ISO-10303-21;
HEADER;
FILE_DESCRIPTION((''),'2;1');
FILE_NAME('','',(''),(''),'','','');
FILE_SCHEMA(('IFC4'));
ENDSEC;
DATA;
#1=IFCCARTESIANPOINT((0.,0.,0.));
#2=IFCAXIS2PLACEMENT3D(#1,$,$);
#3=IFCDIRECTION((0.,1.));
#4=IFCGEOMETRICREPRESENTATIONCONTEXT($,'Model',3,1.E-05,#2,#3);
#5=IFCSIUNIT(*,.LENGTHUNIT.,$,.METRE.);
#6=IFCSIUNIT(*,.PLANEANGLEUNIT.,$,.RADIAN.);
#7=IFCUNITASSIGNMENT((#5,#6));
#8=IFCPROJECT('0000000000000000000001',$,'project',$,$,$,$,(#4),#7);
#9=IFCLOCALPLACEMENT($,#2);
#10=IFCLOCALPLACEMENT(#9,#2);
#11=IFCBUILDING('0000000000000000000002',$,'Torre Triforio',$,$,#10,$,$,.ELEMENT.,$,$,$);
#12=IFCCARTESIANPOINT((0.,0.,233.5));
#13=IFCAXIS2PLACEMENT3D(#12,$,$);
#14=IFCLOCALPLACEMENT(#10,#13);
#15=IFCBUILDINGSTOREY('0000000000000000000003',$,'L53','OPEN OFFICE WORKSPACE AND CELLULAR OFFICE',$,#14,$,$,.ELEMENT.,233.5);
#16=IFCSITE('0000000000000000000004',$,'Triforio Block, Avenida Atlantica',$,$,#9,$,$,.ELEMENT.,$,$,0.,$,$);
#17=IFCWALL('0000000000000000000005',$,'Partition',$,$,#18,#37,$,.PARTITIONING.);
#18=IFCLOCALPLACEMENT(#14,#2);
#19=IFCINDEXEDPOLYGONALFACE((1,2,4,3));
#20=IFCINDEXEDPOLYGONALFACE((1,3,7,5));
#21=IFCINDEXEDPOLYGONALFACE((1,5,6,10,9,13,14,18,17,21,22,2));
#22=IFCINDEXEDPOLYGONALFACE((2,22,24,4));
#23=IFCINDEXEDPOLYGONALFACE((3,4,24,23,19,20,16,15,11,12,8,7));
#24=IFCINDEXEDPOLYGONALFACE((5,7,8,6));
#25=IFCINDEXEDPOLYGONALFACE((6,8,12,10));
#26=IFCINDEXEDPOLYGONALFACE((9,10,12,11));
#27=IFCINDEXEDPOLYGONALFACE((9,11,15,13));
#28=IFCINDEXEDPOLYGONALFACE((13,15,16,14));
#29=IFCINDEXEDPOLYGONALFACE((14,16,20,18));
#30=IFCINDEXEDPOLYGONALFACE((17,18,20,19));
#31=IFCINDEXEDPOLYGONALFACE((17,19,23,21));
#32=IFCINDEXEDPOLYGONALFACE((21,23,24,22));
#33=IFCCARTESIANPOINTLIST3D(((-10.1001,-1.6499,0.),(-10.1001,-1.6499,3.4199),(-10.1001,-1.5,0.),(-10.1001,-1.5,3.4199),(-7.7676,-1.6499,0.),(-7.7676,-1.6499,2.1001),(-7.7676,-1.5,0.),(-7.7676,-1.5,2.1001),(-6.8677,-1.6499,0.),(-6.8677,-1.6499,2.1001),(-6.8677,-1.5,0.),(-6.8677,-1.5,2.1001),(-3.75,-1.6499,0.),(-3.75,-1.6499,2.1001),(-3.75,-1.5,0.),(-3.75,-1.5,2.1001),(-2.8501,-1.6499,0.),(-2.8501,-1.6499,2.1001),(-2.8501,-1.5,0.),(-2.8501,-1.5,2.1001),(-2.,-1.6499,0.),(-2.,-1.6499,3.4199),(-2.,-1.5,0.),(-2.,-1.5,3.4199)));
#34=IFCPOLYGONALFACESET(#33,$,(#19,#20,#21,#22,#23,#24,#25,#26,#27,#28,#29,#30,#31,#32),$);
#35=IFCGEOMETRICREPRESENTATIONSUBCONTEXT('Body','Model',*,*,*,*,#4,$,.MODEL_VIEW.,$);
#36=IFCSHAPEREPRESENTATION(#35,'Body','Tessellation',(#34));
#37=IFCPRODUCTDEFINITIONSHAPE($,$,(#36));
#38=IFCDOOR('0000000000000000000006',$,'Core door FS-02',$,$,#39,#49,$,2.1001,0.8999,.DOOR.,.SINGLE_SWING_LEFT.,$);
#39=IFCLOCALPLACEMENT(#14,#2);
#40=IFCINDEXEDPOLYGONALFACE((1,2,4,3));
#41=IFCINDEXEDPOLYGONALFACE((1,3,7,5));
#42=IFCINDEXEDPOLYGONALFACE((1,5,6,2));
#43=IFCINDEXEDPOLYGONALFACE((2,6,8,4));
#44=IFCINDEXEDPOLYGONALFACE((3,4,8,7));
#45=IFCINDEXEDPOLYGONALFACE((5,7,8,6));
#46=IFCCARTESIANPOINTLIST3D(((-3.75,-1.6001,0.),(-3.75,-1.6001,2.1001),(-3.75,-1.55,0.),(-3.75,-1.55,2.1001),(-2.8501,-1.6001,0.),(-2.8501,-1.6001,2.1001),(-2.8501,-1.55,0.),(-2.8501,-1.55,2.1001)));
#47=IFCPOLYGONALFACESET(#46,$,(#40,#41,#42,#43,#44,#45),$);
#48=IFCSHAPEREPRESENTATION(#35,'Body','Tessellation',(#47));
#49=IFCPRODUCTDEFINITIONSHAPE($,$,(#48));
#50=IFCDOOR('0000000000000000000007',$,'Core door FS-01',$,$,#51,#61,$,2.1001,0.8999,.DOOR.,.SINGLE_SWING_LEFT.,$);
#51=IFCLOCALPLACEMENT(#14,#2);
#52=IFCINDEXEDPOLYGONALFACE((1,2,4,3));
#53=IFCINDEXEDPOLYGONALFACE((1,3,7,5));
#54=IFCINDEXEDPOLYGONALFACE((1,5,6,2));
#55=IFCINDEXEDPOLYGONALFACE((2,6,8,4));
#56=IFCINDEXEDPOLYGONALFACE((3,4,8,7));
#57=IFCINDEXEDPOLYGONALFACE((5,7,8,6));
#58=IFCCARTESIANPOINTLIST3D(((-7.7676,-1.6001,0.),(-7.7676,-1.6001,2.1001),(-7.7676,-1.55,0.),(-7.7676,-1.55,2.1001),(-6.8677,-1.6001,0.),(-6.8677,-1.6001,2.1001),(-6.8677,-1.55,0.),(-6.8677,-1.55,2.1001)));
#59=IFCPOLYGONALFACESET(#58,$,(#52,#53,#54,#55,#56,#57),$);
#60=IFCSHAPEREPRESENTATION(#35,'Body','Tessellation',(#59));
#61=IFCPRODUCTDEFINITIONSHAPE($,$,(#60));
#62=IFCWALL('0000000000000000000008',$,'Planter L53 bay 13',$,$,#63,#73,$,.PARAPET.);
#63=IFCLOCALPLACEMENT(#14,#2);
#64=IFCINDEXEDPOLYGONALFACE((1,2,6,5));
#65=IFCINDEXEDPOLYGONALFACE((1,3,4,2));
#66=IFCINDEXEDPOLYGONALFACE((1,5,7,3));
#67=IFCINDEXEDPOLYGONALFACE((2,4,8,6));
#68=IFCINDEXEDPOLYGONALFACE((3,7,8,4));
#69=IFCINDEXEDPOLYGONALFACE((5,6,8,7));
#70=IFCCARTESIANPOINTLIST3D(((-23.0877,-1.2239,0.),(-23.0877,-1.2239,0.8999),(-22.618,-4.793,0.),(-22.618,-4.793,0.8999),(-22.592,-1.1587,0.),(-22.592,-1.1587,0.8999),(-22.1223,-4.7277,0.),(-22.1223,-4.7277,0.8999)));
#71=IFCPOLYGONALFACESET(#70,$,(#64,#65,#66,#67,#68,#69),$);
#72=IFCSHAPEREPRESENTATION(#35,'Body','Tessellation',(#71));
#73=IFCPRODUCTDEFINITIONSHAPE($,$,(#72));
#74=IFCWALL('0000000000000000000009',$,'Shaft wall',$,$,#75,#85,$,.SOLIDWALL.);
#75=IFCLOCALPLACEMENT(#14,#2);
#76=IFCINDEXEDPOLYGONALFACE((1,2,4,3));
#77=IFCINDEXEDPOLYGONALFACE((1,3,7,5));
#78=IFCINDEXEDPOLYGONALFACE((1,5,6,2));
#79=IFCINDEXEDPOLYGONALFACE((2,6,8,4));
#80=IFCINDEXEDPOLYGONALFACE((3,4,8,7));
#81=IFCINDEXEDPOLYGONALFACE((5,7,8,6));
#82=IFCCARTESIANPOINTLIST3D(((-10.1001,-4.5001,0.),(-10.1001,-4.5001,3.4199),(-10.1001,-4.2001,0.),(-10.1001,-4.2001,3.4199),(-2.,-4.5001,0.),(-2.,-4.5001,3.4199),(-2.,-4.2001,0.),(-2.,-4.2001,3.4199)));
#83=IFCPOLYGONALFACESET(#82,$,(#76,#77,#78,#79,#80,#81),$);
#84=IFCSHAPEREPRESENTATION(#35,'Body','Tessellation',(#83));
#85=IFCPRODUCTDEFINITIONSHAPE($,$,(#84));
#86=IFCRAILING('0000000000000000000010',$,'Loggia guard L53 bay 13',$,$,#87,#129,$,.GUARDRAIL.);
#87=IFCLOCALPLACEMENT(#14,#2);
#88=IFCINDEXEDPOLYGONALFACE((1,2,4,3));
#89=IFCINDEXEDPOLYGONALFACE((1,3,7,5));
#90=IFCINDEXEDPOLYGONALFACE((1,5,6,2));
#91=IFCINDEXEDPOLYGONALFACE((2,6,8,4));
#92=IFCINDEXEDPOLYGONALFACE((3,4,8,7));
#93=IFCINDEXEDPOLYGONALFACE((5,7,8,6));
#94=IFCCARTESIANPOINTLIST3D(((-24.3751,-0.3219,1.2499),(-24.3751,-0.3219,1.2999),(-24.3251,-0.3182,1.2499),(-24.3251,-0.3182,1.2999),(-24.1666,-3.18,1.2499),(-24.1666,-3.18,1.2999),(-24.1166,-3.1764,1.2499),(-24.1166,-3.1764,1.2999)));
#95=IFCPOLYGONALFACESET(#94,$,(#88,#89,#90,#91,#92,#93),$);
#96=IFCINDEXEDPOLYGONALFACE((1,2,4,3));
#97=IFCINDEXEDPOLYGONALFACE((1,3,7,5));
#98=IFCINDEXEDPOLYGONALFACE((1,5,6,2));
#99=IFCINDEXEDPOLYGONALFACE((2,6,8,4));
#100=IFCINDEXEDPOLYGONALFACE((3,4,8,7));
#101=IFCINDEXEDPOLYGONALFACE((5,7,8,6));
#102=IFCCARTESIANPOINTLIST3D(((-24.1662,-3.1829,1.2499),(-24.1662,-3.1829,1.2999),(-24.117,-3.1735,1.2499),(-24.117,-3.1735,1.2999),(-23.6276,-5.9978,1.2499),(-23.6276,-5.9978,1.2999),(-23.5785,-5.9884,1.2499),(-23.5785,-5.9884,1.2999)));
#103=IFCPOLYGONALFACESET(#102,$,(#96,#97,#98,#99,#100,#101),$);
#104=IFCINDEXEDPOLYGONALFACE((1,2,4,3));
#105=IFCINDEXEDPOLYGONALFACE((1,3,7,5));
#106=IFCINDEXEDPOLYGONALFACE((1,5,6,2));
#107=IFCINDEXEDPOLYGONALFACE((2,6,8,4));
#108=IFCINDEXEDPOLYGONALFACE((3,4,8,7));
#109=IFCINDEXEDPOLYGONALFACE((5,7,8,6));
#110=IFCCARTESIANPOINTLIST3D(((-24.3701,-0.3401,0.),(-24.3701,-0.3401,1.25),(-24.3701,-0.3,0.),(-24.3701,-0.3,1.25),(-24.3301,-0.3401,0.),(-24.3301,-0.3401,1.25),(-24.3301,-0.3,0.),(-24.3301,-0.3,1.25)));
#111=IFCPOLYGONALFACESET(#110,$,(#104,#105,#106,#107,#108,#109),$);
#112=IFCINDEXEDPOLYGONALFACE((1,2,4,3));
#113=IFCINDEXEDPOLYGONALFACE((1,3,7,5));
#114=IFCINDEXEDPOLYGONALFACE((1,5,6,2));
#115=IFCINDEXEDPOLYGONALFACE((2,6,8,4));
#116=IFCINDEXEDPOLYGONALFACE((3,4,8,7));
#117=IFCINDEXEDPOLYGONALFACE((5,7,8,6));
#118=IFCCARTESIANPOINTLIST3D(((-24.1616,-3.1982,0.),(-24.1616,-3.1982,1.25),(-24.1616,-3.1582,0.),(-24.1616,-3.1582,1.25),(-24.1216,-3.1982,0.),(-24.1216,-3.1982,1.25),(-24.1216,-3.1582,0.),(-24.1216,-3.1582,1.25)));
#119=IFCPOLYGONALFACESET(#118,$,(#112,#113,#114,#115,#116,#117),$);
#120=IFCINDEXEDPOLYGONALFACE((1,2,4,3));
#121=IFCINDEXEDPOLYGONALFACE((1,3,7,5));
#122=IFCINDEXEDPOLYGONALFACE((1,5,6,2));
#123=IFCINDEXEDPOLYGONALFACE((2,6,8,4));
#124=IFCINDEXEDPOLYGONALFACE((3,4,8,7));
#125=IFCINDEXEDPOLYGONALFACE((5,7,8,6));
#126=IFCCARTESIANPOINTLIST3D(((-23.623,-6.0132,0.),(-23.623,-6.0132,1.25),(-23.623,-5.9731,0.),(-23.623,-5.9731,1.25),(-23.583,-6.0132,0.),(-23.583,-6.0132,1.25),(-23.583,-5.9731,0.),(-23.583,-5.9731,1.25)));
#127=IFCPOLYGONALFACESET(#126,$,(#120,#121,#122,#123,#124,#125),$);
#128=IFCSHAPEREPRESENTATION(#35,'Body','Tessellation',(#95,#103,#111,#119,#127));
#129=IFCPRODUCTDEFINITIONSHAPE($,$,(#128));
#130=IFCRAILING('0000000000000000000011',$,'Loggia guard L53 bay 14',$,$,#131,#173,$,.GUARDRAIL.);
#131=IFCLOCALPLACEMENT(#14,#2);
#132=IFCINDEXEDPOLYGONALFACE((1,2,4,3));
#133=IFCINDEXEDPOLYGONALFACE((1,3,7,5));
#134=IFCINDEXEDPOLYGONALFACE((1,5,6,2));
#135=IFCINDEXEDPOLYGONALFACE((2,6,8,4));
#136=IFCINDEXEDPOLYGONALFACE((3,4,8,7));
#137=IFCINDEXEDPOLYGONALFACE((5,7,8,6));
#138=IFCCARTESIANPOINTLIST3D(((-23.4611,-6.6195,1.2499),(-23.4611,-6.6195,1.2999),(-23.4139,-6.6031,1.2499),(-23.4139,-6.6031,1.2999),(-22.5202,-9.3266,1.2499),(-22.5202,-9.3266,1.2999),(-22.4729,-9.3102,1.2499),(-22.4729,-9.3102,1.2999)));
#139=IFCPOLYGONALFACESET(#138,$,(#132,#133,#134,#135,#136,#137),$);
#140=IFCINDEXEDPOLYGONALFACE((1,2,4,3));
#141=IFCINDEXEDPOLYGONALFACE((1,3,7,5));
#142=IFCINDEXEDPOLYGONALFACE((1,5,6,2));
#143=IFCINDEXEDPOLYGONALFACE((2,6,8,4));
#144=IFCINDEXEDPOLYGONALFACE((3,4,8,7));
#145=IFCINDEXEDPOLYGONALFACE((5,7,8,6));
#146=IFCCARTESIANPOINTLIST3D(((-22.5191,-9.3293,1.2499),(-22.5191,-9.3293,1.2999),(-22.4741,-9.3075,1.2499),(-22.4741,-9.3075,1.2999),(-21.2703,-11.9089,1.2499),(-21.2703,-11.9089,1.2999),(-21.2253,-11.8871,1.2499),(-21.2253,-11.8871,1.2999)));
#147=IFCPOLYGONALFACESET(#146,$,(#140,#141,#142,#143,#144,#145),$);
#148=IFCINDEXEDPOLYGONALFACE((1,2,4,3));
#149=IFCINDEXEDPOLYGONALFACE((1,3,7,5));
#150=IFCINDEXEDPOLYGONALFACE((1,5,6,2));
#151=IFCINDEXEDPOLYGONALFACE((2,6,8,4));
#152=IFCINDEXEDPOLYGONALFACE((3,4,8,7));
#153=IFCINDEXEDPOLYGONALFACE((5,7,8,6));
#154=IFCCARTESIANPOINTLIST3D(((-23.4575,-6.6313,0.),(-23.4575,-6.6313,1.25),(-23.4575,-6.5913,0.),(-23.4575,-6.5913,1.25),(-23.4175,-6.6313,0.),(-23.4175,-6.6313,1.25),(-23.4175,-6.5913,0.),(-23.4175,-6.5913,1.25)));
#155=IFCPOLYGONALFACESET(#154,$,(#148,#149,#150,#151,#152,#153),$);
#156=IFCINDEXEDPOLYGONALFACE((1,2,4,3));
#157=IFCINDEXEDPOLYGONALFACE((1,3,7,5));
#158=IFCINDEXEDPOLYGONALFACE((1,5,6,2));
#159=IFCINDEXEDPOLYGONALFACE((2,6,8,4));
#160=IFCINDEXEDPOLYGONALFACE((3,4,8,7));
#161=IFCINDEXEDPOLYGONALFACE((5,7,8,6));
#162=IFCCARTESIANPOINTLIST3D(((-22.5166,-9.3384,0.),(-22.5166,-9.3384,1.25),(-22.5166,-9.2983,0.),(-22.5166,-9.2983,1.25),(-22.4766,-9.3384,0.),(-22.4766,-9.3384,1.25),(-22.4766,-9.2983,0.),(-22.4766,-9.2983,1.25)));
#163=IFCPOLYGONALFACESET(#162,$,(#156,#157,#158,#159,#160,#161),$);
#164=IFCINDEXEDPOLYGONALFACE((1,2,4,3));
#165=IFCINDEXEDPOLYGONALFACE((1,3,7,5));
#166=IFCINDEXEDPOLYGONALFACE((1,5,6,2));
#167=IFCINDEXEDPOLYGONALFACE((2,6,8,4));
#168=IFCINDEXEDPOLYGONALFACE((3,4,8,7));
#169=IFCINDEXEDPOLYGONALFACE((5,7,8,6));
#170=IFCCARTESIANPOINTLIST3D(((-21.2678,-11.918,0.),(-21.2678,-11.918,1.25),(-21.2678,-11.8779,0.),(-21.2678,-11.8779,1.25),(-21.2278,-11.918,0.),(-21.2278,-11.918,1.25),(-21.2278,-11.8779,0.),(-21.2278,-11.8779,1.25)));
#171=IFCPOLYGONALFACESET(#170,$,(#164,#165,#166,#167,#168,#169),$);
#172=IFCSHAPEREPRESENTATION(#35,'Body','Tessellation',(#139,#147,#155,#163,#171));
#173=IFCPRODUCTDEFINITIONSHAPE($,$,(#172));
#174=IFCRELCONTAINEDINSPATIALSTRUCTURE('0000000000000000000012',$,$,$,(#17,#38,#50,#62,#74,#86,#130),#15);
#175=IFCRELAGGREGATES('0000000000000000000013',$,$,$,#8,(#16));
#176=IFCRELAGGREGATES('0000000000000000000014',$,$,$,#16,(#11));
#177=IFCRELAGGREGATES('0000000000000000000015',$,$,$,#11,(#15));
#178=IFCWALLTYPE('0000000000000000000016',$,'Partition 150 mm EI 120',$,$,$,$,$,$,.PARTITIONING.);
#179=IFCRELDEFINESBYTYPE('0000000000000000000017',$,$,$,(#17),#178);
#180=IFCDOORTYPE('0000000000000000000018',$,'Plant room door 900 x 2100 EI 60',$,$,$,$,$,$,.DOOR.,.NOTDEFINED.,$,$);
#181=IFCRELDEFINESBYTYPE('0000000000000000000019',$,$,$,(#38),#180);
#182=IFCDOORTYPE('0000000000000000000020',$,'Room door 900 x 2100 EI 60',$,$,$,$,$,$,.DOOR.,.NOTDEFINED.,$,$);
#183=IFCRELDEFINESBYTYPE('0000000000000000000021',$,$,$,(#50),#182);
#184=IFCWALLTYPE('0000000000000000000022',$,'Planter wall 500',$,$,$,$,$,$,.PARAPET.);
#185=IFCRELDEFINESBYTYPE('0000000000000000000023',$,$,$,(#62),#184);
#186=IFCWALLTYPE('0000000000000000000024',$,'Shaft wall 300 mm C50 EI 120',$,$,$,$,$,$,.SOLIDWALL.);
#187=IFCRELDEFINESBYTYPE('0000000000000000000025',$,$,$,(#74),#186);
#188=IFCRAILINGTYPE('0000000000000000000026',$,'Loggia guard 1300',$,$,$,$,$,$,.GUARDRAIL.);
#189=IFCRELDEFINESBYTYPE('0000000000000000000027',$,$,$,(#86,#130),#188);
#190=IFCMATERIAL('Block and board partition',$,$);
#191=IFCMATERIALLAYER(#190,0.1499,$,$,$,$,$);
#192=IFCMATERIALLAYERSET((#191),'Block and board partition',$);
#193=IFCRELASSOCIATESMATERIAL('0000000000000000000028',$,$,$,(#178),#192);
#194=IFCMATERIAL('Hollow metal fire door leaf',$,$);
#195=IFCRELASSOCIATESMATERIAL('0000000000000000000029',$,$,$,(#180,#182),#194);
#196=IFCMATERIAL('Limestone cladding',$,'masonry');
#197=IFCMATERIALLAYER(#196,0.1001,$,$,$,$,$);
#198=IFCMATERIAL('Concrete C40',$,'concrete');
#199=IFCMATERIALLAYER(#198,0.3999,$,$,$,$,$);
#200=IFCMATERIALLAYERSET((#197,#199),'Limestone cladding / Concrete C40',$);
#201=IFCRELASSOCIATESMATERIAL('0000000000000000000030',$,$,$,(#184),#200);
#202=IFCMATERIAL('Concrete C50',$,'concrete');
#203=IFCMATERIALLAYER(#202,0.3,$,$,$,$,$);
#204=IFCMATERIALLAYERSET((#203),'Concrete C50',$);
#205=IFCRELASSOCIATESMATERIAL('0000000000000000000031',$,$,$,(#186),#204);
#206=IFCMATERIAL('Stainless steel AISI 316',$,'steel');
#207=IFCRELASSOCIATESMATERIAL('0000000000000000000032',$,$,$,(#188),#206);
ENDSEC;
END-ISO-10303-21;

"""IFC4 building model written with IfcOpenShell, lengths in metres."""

from ifc_helpers import new_model, si_unit, direction, frame, frame_2d, origin, origin_2d, place, context, subcontext, project, spatial, rectangle, extrude, material, layer, layer_set, type_object, element, fill, save


model = new_model("IFC4")

# Units and contexts
model_context = context("Model", 3, precision=1e-05, world=origin(), true_north=direction((0.0, 1.0)))
body_context = subcontext(model_context, "Body", "Model", "MODEL_VIEW")
ifc_project = project(units=[si_unit("LENGTHUNIT", "METRE"), si_unit("PLANEANGLEUNIT", "RADIAN")], contexts=[model_context])

# Site, building, storey
site_placement = place(None, origin())
site = spatial("IfcSite", under=ifc_project, at=site_placement, Name="Triforio Block, Avenida Atlantica", CompositionType="ELEMENT", RefElevation=0.0)
building_placement = place(site_placement, origin())
building = spatial("IfcBuilding", under=site, at=building_placement, Name="Torre Triforio", CompositionType="ELEMENT")
storey_placement = place(building_placement, frame((0.0, 0.0, 233.5)))
storey = spatial("IfcBuildingStorey", under=building, at=storey_placement, Name="L53", Description="OPEN OFFICE WORKSPACE AND CELLULAR OFFICE", CompositionType="ELEMENT", Elevation=233.5)

# Shared definitions
ifc_material_1 = material(Name="Concrete C50", Category="concrete")

# Shared definitions
ifc_material_2 = material(Name="Concrete C40", Category="concrete")

# Shared definitions
ifc_material_3 = material(Name="Hollow metal fire door leaf")

# Wall, openings, doors
ifc_material_4 = material(Name="Block and board partition")
ifc_layer_1 = layer(ifc_material_4, 0.1499)
ifc_layer_set_1 = layer_set([ifc_layer_1], Name="Block and board partition")
wall_type_1 = type_object("IfcWallType", Name="Partition 150 mm EI 120", PredefinedType="PARTITIONING", material=ifc_layer_set_1)
wall_1_placement = place(storey_placement, frame((-10.1001, -1.575, 0.0), z_axis=(0.0, 0.0, 1.0), x_axis=(1.0, 0.0, 0.0)))
wall_1 = element("IfcWall", 1, at=wall_1_placement, inside=storey, type_object=wall_type_1, Name="Partition", PredefinedType="PARTITIONING", context=body_context, shape_type="SweptSolid", body=[
    extrude(rectangle(XDim=8.1001, YDim=0.1499, at=frame_2d((4.05, 0.0))), origin(), (0.0, 0.0, 1.0), 3.4199),
])
opening_1_placement = place(wall_1_placement, frame((2.3325, 0.0, 0.0)))
opening_1 = element("IfcOpeningElement", 2, at=opening_1_placement, cuts=wall_1, PredefinedType="OPENING", context=body_context, shape_type="SweptSolid", body=[
    extrude(rectangle(XDim=0.8999, YDim=2.1001, at=frame_2d((0.45, 1.05))), frame((0.0, 0.085, 0.0), z_axis=(0.0, -1.0, 0.0), x_axis=(1.0, 0.0, 0.0)), (0.0, 0.0, 1.0), 0.1699),
])
opening_2_placement = place(wall_1_placement, frame((6.3501, 0.0, 0.0)))
opening_2 = element("IfcOpeningElement", 3, at=opening_2_placement, cuts=wall_1, PredefinedType="OPENING", context=body_context, shape_type="SweptSolid", body=[
    extrude(rectangle(XDim=0.8999, YDim=2.1001, at=frame_2d((0.45, 1.05))), frame((0.0, 0.085, 0.0), z_axis=(0.0, -1.0, 0.0), x_axis=(1.0, 0.0, 0.0)), (0.0, 0.0, 1.0), 0.1699),
])
door_type_1 = type_object("IfcDoorType", Name="Plant room door 900 x 2100 EI 60", OperationType="NOTDEFINED", PredefinedType="DOOR", material=ifc_material_3)
door_1_placement = place(opening_2_placement, origin())
door_1 = element("IfcDoor", 4, at=door_1_placement, inside=storey, type_object=door_type_1, Name="Core door FS-02", OperationType="SINGLE_SWING_LEFT", OverallHeight=2.1001, OverallWidth=0.8999, PredefinedType="DOOR", context=body_context, shape_type="SweptSolid", body=[
    extrude(rectangle(XDim=0.8999, YDim=2.1001, at=frame_2d((0.45, 1.05))), frame((0.0, 0.0249, 0.0), z_axis=(0.0, -1.0, 0.0), x_axis=(1.0, 0.0, 0.0)), (0.0, 0.0, 1.0), 0.05),
])
fill(opening_2, door_1)
door_type_2 = type_object("IfcDoorType", Name="Room door 900 x 2100 EI 60", OperationType="NOTDEFINED", PredefinedType="DOOR", material=ifc_material_3)
door_2_placement = place(opening_1_placement, origin())
door_2 = element("IfcDoor", 5, at=door_2_placement, inside=storey, type_object=door_type_2, Name="Core door FS-01", OperationType="SINGLE_SWING_LEFT", OverallHeight=2.1001, OverallWidth=0.8999, PredefinedType="DOOR", context=body_context, shape_type="SweptSolid", body=[
    extrude(rectangle(XDim=0.8999, YDim=2.1001, at=frame_2d((0.45, 1.05))), frame((0.0, 0.0249, 0.0), z_axis=(0.0, -1.0, 0.0), x_axis=(1.0, 0.0, 0.0)), (0.0, 0.0, 1.0), 0.05),
])
fill(opening_1, door_2)

# Walls
ifc_material_5 = material(Name="Limestone cladding", Category="masonry")
ifc_layer_2 = layer(ifc_material_5, 0.1001)
ifc_layer_3 = layer(ifc_material_2, 0.3999)
ifc_layer_set_2 = layer_set([ifc_layer_2, ifc_layer_3], Name="Limestone cladding / Concrete C40")
wall_type_2 = type_object("IfcWallType", Name="Planter wall 500", PredefinedType="PARAPET", material=ifc_layer_set_2)
wall_2_placement = place(storey_placement, frame((-22.8398, -1.1914, 0.0), z_axis=(0.0, 0.0, 1.0), x_axis=(0.130484, -0.99145, 0.0)))
element("IfcWall", 6, at=wall_2_placement, inside=storey, type_object=wall_type_2, Name="Planter L53 bay 13", PredefinedType="PARAPET", context=body_context, shape_type="SweptSolid", body=[
    extrude(rectangle(XDim=3.5999, YDim=0.5, at=frame_2d((1.7998, 0.0))), origin(), (0.0, 0.0, 1.0), 0.8999),
])
ifc_layer_4 = layer(ifc_material_1, 0.3)
ifc_layer_set_3 = layer_set([ifc_layer_4], Name="Concrete C50")
wall_type_3 = type_object("IfcWallType", Name="Shaft wall 300 mm C50 EI 120", PredefinedType="SOLIDWALL", material=ifc_layer_set_3)
wall_3_placement = place(storey_placement, frame((-10.1001, -4.3501, 0.0), z_axis=(0.0, 0.0, 1.0), x_axis=(1.0, 0.0, 0.0)))
element("IfcWall", 7, at=wall_3_placement, inside=storey, type_object=wall_type_3, Name="Shaft wall", PredefinedType="SOLIDWALL", context=body_context, shape_type="SweptSolid", body=[
    extrude(rectangle(XDim=8.1001, YDim=0.3, at=frame_2d((4.05, 0.0))), origin(), (0.0, 0.0, 1.0), 3.4199),
])

# Railings
ifc_material_6 = material(Name="Stainless steel AISI 316", Category="steel")
railing_type = type_object("IfcRailingType", Name="Loggia guard 1300", PredefinedType="GUARDRAIL", material=ifc_material_6)
railing_1_placement = place(storey_placement, frame((-24.3501, -0.3201, 0.0)))
element("IfcRailing", 8, at=railing_1_placement, inside=storey, type_object=railing_type, Name="Loggia guard L53 bay 13", PredefinedType="GUARDRAIL", context=body_context, shape_type="SweptSolid", body=[
    extrude(rectangle(XDim=0.05, YDim=0.05, at=origin_2d()), frame((0.0, 0.0, 1.2749), z_axis=(0.072754, -0.99735, 0.0), x_axis=(0.99735, 0.072754, 0.0)), (0.0, 0.0, 1.0), 2.8657),
    extrude(rectangle(XDim=0.05, YDim=0.05, at=origin_2d()), frame((0.2085, -2.8582, 1.2749), z_axis=(0.187918, -0.982185, 0.0), x_axis=(0.982185, 0.187918, 0.0)), (0.0, 0.0, 1.0), 2.866),
    extrude(rectangle(XDim=0.04, YDim=0.04, at=origin_2d()), origin(), (0.0, 0.0, 1.0), 1.25),
    extrude(rectangle(XDim=0.04, YDim=0.04, at=origin_2d()), frame((0.2085, -2.8582, 0.0)), (0.0, 0.0, 1.0), 1.25),
    extrude(rectangle(XDim=0.04, YDim=0.04, at=origin_2d()), frame((0.7471, -5.6731, 0.0)), (0.0, 0.0, 1.0), 1.25),
])
railing_2_placement = place(storey_placement, frame((-23.4375, -6.6113, 0.0)))
element("IfcRailing", 9, at=railing_2_placement, inside=storey, type_object=railing_type, Name="Loggia guard L53 bay 14", PredefinedType="GUARDRAIL", context=body_context, shape_type="SweptSolid", body=[
    extrude(rectangle(XDim=0.05, YDim=0.05, at=origin_2d()), frame((0.0, 0.0, 1.2749), z_axis=(0.328316, -0.944568, 0.0), x_axis=(0.944568, 0.328316, 0.0)), (0.0, 0.0, 1.0), 2.866),
    extrude(rectangle(XDim=0.05, YDim=0.05, at=origin_2d()), frame((0.9409, -2.707, 1.2749), z_axis=(0.435728, -0.900078, 0.0), x_axis=(0.900078, 0.435728, 0.0)), (0.0, 0.0, 1.0), 2.866),
    extrude(rectangle(XDim=0.04, YDim=0.04, at=origin_2d()), origin(), (0.0, 0.0, 1.0), 1.25),
    extrude(rectangle(XDim=0.04, YDim=0.04, at=origin_2d()), frame((0.9409, -2.707, 0.0)), (0.0, 0.0, 1.0), 1.25),
    extrude(rectangle(XDim=0.04, YDim=0.04, at=origin_2d()), frame((2.1897, -5.2866, 0.0)), (0.0, 0.0, 1.0), 1.25),
])

save(model, "model.ifc")
